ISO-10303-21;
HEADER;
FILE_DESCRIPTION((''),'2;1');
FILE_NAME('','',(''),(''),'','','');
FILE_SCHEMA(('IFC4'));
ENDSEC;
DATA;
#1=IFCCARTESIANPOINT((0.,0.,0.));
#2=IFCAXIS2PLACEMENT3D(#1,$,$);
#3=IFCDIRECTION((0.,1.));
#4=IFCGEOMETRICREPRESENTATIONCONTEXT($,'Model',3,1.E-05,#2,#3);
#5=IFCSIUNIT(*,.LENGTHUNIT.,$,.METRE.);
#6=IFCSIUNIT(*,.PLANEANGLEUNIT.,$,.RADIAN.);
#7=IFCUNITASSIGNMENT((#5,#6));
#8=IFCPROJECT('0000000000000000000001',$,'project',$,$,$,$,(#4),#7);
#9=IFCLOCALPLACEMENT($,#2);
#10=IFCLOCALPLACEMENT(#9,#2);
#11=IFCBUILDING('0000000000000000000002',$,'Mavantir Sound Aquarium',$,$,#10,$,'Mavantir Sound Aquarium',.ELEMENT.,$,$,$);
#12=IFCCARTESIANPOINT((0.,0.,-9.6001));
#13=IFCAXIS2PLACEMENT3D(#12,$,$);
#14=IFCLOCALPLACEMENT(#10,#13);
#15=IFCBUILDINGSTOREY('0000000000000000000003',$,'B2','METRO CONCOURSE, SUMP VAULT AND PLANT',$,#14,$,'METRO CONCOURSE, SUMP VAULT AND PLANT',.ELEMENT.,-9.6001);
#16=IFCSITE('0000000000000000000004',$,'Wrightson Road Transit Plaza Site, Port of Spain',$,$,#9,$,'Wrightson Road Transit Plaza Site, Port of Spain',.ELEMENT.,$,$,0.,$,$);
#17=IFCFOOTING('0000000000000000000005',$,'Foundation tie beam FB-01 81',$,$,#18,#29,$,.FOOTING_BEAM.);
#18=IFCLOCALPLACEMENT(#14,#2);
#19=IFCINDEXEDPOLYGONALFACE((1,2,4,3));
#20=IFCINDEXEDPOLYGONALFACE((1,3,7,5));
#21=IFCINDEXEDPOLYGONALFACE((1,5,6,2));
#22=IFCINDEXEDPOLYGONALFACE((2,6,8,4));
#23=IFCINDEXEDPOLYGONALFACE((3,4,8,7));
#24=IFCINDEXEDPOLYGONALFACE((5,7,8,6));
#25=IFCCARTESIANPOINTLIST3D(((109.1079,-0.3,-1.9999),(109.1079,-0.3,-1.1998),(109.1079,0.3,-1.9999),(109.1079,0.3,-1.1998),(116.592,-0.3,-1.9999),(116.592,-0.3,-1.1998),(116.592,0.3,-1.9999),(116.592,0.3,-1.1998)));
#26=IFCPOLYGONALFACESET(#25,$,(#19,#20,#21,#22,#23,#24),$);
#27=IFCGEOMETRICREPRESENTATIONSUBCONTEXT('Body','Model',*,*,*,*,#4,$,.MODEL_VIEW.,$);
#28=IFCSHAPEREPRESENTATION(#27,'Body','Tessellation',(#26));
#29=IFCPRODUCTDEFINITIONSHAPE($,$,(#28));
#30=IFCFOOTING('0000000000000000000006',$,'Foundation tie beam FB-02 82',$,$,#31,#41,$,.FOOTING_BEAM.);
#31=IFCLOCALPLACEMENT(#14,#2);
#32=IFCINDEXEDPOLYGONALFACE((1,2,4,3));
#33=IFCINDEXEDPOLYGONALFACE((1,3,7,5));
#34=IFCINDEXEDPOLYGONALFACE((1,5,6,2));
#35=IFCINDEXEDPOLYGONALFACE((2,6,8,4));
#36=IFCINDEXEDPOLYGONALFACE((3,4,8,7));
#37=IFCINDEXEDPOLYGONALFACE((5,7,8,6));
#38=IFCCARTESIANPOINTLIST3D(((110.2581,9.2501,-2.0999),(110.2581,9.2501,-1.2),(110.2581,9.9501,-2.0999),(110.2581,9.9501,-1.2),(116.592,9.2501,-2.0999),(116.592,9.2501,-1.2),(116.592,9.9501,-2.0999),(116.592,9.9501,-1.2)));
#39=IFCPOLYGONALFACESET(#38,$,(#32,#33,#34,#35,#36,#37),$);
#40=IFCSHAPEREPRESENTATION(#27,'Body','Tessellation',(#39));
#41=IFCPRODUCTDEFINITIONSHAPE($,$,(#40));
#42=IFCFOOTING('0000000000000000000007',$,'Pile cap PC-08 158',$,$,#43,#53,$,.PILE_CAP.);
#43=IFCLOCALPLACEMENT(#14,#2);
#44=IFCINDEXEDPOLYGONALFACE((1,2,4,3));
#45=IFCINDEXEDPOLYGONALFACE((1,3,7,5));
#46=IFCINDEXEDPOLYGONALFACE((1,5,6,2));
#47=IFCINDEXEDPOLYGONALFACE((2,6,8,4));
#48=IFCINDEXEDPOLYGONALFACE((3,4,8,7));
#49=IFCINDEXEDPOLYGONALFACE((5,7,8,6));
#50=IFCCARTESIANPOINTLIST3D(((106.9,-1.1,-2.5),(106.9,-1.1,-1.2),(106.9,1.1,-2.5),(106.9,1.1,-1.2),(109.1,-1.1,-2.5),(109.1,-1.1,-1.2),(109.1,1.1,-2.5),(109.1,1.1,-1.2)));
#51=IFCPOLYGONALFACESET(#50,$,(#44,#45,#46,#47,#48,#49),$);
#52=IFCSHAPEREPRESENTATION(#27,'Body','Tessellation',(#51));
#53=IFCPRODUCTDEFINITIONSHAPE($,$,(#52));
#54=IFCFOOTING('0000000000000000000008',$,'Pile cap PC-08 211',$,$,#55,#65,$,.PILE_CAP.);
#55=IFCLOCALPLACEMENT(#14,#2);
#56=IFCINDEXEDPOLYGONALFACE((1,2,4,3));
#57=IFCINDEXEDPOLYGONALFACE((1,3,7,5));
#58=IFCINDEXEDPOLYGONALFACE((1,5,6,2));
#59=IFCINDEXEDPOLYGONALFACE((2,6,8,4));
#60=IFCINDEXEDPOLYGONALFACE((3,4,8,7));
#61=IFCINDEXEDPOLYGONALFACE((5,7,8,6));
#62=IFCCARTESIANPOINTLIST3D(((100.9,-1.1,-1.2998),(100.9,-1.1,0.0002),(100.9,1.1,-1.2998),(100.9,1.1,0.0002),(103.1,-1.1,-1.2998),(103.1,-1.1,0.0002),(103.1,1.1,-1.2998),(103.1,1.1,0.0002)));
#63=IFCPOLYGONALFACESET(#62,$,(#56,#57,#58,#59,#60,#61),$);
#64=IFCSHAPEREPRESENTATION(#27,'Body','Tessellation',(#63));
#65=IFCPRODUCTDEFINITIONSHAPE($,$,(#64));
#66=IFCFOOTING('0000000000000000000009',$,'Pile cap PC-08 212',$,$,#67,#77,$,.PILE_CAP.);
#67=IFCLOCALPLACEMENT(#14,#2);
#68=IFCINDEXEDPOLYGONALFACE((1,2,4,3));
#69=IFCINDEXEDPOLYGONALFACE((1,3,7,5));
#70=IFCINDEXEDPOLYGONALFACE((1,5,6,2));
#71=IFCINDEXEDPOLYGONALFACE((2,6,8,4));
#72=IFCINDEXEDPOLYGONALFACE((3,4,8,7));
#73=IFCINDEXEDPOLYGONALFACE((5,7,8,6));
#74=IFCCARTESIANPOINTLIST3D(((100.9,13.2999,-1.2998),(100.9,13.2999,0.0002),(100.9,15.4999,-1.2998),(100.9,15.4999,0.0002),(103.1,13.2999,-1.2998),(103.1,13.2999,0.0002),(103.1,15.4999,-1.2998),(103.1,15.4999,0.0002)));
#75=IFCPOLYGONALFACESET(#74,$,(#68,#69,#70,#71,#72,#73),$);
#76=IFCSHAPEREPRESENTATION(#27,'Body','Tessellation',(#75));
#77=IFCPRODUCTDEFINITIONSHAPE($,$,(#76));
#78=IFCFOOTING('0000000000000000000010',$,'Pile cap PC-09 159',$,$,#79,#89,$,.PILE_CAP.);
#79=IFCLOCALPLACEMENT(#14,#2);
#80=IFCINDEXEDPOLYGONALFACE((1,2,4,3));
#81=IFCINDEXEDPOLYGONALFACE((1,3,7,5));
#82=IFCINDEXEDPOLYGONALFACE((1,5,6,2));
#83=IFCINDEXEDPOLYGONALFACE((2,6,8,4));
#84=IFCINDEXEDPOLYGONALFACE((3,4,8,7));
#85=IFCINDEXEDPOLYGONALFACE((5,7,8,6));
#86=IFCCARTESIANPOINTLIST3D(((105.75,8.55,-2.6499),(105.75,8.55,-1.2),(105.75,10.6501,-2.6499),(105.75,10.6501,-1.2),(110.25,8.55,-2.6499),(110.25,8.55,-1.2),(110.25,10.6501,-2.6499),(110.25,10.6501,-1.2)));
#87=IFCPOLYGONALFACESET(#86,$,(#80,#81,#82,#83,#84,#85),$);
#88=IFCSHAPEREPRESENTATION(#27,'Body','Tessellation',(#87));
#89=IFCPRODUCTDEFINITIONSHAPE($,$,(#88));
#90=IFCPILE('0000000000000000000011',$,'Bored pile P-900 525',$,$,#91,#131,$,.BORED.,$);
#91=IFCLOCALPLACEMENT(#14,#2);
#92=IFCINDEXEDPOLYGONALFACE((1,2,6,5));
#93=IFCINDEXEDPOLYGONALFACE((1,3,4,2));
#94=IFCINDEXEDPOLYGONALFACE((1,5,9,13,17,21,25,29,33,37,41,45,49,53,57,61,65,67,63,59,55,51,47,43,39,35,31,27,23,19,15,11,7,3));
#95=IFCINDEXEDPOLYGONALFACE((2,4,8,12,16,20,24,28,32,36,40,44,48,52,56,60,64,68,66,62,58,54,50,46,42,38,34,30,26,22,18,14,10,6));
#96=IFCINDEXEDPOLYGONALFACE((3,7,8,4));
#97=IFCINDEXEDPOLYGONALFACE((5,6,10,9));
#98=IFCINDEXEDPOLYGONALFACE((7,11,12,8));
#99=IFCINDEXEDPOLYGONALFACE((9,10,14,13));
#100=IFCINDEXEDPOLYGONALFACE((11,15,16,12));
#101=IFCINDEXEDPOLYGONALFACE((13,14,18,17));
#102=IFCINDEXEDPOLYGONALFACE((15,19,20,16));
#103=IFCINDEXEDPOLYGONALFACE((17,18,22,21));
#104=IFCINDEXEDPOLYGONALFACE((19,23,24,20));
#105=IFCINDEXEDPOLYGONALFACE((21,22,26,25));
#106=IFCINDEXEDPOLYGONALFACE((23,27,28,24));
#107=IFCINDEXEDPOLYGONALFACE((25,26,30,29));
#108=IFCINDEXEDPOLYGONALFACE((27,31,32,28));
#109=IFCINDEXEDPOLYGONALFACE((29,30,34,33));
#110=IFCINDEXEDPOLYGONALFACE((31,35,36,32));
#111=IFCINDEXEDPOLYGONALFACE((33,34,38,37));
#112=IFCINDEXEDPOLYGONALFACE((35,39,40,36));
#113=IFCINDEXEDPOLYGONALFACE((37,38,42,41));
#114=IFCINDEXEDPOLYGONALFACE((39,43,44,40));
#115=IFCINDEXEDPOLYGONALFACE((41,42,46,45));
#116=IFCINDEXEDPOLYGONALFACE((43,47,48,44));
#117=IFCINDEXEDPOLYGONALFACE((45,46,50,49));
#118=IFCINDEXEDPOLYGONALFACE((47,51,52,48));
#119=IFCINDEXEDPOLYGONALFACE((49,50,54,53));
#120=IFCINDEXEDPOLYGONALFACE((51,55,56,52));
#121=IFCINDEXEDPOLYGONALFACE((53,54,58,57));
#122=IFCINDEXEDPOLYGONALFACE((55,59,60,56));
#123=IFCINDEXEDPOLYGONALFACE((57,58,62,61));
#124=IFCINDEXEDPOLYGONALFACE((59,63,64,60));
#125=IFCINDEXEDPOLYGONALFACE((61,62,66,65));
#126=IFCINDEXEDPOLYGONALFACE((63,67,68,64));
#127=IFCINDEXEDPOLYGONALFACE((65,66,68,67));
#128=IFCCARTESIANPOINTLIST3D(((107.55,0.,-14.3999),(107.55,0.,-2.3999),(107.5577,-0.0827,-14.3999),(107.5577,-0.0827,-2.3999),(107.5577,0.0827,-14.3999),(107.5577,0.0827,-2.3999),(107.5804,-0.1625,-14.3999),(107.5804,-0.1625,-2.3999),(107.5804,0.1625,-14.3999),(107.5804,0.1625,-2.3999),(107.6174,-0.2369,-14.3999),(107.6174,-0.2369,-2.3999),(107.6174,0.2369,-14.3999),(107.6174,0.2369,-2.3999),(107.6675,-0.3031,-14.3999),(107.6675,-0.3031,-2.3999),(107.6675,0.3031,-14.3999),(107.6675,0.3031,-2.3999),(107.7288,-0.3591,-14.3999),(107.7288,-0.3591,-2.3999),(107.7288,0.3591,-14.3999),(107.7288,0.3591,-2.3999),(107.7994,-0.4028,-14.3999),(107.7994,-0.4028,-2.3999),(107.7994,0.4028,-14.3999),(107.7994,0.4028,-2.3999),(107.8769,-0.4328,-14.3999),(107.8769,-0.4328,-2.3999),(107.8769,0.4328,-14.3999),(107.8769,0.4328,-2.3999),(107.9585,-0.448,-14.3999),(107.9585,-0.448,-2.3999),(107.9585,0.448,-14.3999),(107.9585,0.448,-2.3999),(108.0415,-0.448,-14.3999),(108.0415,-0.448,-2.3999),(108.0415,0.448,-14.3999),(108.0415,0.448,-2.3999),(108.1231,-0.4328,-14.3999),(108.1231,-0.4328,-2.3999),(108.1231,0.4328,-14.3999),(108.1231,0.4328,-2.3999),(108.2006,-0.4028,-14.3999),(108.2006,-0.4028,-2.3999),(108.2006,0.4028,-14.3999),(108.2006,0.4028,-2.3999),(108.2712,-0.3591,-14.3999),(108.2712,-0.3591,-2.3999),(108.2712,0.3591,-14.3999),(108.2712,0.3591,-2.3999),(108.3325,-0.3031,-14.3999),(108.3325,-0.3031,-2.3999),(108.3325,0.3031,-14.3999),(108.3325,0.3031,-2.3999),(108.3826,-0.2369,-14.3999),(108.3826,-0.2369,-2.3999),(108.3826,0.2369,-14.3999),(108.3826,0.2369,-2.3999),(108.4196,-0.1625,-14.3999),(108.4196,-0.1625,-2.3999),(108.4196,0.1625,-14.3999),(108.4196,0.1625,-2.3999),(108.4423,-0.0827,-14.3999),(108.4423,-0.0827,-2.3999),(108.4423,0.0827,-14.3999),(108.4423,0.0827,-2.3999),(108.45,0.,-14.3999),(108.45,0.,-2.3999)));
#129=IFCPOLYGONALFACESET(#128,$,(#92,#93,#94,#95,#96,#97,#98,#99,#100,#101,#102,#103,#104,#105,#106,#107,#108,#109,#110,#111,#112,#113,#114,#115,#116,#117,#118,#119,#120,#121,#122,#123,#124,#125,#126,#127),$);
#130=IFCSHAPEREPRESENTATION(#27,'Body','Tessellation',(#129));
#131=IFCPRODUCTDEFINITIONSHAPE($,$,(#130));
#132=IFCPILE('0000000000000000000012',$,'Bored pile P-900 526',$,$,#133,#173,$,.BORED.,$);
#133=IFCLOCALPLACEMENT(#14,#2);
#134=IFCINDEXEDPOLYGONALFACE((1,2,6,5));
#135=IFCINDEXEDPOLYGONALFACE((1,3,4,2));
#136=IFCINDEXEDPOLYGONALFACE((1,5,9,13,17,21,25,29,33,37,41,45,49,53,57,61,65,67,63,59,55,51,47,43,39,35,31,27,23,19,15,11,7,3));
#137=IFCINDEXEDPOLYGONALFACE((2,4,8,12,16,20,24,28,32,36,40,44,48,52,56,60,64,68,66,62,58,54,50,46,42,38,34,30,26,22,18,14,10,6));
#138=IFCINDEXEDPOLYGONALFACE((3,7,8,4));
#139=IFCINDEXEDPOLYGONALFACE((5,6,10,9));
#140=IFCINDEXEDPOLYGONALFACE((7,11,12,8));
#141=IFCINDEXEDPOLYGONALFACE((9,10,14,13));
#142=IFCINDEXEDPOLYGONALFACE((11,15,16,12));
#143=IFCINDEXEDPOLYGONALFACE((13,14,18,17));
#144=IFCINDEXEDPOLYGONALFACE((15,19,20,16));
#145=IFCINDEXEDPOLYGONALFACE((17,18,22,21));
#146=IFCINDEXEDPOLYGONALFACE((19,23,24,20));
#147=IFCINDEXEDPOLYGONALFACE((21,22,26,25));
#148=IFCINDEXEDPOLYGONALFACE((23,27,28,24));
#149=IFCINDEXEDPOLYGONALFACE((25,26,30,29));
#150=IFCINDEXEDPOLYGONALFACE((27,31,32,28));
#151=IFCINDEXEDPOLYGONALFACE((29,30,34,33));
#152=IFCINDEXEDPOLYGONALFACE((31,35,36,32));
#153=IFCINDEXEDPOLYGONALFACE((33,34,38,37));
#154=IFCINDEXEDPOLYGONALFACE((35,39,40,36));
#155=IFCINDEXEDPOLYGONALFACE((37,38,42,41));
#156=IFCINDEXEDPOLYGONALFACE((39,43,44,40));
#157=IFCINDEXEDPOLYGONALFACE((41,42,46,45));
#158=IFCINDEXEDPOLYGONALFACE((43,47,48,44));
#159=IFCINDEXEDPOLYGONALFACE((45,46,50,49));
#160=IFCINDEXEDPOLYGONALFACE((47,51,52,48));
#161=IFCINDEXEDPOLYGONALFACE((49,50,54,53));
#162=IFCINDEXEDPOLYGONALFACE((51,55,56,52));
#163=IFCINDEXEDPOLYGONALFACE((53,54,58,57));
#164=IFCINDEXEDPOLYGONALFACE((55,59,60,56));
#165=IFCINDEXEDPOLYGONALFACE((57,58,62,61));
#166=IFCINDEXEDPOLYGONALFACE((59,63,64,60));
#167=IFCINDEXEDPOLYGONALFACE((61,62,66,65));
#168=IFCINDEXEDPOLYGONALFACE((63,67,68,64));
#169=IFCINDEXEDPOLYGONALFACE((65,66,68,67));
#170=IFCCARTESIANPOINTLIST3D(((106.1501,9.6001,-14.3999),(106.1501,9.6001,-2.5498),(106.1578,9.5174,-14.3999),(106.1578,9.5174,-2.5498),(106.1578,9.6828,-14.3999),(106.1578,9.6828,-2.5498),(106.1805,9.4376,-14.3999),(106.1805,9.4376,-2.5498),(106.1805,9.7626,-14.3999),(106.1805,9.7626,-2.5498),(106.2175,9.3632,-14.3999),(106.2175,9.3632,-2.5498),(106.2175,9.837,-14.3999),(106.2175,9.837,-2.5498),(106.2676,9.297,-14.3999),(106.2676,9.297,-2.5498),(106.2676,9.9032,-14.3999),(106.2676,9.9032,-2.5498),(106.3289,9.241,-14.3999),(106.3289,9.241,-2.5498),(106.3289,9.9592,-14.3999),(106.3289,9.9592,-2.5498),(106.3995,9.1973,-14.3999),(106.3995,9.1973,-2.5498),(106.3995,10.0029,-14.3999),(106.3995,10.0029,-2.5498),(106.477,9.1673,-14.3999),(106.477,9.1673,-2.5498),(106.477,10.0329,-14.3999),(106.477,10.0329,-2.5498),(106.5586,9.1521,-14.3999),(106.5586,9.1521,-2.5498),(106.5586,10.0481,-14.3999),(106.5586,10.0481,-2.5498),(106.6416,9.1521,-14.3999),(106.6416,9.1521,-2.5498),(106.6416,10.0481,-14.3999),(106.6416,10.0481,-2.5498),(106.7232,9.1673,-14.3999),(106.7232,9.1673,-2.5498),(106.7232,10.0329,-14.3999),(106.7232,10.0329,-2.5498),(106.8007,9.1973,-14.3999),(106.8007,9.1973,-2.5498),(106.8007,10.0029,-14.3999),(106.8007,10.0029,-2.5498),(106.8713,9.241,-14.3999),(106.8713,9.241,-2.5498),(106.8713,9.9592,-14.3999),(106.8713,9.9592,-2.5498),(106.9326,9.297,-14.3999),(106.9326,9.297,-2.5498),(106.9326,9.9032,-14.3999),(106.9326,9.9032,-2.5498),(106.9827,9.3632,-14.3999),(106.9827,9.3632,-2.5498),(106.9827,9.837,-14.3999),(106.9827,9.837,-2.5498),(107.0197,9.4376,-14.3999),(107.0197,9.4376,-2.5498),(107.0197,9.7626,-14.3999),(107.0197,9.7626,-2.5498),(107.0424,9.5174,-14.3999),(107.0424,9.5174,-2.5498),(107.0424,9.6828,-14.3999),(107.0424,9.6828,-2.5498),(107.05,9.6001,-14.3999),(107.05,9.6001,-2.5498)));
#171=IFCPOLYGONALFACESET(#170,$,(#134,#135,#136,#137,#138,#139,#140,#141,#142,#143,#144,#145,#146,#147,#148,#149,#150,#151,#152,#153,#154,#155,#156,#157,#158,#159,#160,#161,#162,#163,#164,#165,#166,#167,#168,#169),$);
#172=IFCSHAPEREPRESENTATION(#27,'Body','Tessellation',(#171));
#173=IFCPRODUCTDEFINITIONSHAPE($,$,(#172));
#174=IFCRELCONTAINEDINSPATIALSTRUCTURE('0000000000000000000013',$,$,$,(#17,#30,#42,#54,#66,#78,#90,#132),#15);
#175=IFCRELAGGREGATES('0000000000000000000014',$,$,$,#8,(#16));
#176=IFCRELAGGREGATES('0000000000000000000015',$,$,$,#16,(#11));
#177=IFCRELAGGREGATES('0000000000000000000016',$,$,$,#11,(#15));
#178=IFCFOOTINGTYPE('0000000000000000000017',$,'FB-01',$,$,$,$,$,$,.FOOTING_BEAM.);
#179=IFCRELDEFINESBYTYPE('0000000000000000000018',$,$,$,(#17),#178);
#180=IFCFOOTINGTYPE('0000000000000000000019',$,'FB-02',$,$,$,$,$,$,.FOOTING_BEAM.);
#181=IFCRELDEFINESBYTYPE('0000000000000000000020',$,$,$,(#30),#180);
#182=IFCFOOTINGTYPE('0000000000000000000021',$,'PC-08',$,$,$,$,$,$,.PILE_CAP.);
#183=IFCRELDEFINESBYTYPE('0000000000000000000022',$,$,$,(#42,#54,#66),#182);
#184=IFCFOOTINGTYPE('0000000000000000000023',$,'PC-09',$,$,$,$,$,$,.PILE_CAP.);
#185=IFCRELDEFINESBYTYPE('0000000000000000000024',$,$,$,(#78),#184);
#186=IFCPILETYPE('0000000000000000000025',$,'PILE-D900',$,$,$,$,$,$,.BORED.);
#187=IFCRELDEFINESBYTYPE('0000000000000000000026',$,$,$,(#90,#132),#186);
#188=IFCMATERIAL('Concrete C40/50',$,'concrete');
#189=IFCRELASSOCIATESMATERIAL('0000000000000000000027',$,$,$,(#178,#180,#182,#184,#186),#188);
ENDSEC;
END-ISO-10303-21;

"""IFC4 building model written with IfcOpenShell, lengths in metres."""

from ifc_helpers import new_model, si_unit, direction, frame, origin, origin_2d, place, context, subcontext, project, spatial, rectangle, circle, extrude, material, material_profile, profile_set, type_object, element, save


model = new_model("IFC4")

# Units and contexts
model_context = context("Model", 3, precision=1e-05, world=origin(), true_north=direction((0.0, 1.0)))
body_context = subcontext(model_context, "Body", "Model", "MODEL_VIEW")
ifc_project = project(units=[si_unit("LENGTHUNIT", "METRE"), si_unit("PLANEANGLEUNIT", "RADIAN")], contexts=[model_context])

# Site, building, storey
site_placement = place(None, origin())
site = spatial("IfcSite", under=ifc_project, at=site_placement, Name="Wrightson Road Transit Plaza Site, Port of Spain", LongName="Wrightson Road Transit Plaza Site, Port of Spain", CompositionType="ELEMENT", RefElevation=0.0)
building_placement = place(site_placement, origin())
building = spatial("IfcBuilding", under=site, at=building_placement, Name="Mavantir Sound Aquarium", LongName="Mavantir Sound Aquarium", CompositionType="ELEMENT")
storey_placement = place(building_placement, frame((0.0, 0.0, -9.6001)))
storey = spatial("IfcBuildingStorey", under=building, at=storey_placement, Name="B2", Description="METRO CONCOURSE, SUMP VAULT AND PLANT", LongName="METRO CONCOURSE, SUMP VAULT AND PLANT", CompositionType="ELEMENT", Elevation=-9.6001)

# Footings
ifc_material_1 = material(Name="Concrete C40/50", Category="concrete")
ifc_material_profile_1 = material_profile(ifc_material_1, rectangle(XDim=0.6001, YDim=0.8, at=origin_2d()), Name="RC 600X800")
ifc_profile_set_1 = profile_set([ifc_material_profile_1], Name="Concrete C40/50")
footing_type_1 = type_object("IfcFootingType", Name="FB-01", PredefinedType="FOOTING_BEAM", material=ifc_profile_set_1)
footing_1_placement = place(storey_placement, frame((109.1079, 0.0, -1.5999), z_axis=(1.0, 0.0, 0.0), x_axis=(0.0, 1.0, 0.0)))
element("IfcFooting", 1, at=footing_1_placement, inside=storey, type_object=footing_type_1, Name="Foundation tie beam FB-01 81", PredefinedType="FOOTING_BEAM", context=body_context, shape_type="SweptSolid", body=[
    extrude(rectangle(XDim=0.6001, YDim=0.8, at=origin_2d()), origin(), (0.0, 0.0, 1.0), 7.4841),
])
ifc_material_profile_2 = material_profile(ifc_material_1, rectangle(XDim=0.7, YDim=0.8999, at=origin_2d()), Name="RC 700X900")
ifc_profile_set_2 = profile_set([ifc_material_profile_2], Name="Concrete C40/50")
footing_type_2 = type_object("IfcFootingType", Name="FB-02", PredefinedType="FOOTING_BEAM", material=ifc_profile_set_2)
footing_2_placement = place(storey_placement, frame((110.2581, 9.6001, -1.6499), z_axis=(1.0, 0.0, 0.0), x_axis=(0.0, 1.0, 0.0)))
element("IfcFooting", 2, at=footing_2_placement, inside=storey, type_object=footing_type_2, Name="Foundation tie beam FB-02 82", PredefinedType="FOOTING_BEAM", context=body_context, shape_type="SweptSolid", body=[
    extrude(rectangle(XDim=0.7, YDim=0.8999, at=origin_2d()), origin(), (0.0, 0.0, 1.0), 6.334),
])
footing_type_3 = type_object("IfcFootingType", Name="PC-08", PredefinedType="PILE_CAP", material=ifc_material_1)
for number, where, z_axis, x_axis, name in (
    (3, (108.0, 0.0, -2.5), (0.0, 0.0, 1.0), (1.0, 0.0, 0.0), "Pile cap PC-08 158"),
    (4, (102.0, 0.0, -1.2998), (0.0, 0.0, 1.0), (1.0, 0.0, 0.0), "Pile cap PC-08 211"),
    (5, (102.0, 14.3999, -1.2998), (0.0, 0.0, 1.0), (1.0, 0.0, 0.0), "Pile cap PC-08 212"),
):
    element("IfcFooting", number, at=place(storey_placement, frame(where, z_axis=z_axis, x_axis=x_axis)), inside=storey, type_object=footing_type_3, Name=name, PredefinedType="PILE_CAP", context=body_context, shape_type="SweptSolid", body=[
        extrude(rectangle(XDim=2.2, YDim=2.2, at=origin_2d()), origin(), (0.0, 0.0, 1.0), 1.3),
    ])
footing_type_4 = type_object("IfcFootingType", Name="PC-09", PredefinedType="PILE_CAP", material=ifc_material_1)
footing_3_placement = place(storey_placement, frame((108.0, 9.6001, -2.6499), z_axis=(0.0, 0.0, 1.0), x_axis=(1.0, 0.0, 0.0)))
element("IfcFooting", 6, at=footing_3_placement, inside=storey, type_object=footing_type_4, Name="Pile cap PC-09 159", PredefinedType="PILE_CAP", context=body_context, shape_type="SweptSolid", body=[
    extrude(rectangle(XDim=4.5, YDim=2.1001, at=origin_2d()), origin(), (0.0, 0.0, 1.0), 1.45),
])

# Piles
ifc_material_profile_3 = material_profile(ifc_material_1, circle(Radius=0.45, at=origin_2d()), Name="PILE D900")
ifc_profile_set_3 = profile_set([ifc_material_profile_3], Name="Concrete C40/50")
pile_type = type_object("IfcPileType", Name="PILE-D900", PredefinedType="BORED", material=ifc_profile_set_3)
pile_placement = place(storey_placement, frame((108.0, 0.0, -2.3999), z_axis=(0.0, 0.0, -1.0), x_axis=(1.0, 0.0, 0.0)))
element("IfcPile", 7, at=pile_placement, inside=storey, type_object=pile_type, Name="Bored pile P-900 525", PredefinedType="BORED", context=body_context, shape_type="SweptSolid", body=[
    extrude(circle(Radius=0.45, at=origin_2d()), origin(), (0.0, 0.0, 1.0), 12.0),
])
for number, where, z_axis, x_axis, name in (
    (8, (106.6001, 9.6001, -2.5498), (0.0, 0.0, -1.0), (1.0, 0.0, 0.0), "Bored pile P-900 526"),
):
    element("IfcPile", number, at=place(storey_placement, frame(where, z_axis=z_axis, x_axis=x_axis)), inside=storey, type_object=pile_type, Name=name, PredefinedType="BORED", context=body_context, shape_type="SweptSolid", body=[
        extrude(circle(Radius=0.45, at=origin_2d()), origin(), (0.0, 0.0, 1.0), 11.8501),
    ])

save(model, "model.ifc")
